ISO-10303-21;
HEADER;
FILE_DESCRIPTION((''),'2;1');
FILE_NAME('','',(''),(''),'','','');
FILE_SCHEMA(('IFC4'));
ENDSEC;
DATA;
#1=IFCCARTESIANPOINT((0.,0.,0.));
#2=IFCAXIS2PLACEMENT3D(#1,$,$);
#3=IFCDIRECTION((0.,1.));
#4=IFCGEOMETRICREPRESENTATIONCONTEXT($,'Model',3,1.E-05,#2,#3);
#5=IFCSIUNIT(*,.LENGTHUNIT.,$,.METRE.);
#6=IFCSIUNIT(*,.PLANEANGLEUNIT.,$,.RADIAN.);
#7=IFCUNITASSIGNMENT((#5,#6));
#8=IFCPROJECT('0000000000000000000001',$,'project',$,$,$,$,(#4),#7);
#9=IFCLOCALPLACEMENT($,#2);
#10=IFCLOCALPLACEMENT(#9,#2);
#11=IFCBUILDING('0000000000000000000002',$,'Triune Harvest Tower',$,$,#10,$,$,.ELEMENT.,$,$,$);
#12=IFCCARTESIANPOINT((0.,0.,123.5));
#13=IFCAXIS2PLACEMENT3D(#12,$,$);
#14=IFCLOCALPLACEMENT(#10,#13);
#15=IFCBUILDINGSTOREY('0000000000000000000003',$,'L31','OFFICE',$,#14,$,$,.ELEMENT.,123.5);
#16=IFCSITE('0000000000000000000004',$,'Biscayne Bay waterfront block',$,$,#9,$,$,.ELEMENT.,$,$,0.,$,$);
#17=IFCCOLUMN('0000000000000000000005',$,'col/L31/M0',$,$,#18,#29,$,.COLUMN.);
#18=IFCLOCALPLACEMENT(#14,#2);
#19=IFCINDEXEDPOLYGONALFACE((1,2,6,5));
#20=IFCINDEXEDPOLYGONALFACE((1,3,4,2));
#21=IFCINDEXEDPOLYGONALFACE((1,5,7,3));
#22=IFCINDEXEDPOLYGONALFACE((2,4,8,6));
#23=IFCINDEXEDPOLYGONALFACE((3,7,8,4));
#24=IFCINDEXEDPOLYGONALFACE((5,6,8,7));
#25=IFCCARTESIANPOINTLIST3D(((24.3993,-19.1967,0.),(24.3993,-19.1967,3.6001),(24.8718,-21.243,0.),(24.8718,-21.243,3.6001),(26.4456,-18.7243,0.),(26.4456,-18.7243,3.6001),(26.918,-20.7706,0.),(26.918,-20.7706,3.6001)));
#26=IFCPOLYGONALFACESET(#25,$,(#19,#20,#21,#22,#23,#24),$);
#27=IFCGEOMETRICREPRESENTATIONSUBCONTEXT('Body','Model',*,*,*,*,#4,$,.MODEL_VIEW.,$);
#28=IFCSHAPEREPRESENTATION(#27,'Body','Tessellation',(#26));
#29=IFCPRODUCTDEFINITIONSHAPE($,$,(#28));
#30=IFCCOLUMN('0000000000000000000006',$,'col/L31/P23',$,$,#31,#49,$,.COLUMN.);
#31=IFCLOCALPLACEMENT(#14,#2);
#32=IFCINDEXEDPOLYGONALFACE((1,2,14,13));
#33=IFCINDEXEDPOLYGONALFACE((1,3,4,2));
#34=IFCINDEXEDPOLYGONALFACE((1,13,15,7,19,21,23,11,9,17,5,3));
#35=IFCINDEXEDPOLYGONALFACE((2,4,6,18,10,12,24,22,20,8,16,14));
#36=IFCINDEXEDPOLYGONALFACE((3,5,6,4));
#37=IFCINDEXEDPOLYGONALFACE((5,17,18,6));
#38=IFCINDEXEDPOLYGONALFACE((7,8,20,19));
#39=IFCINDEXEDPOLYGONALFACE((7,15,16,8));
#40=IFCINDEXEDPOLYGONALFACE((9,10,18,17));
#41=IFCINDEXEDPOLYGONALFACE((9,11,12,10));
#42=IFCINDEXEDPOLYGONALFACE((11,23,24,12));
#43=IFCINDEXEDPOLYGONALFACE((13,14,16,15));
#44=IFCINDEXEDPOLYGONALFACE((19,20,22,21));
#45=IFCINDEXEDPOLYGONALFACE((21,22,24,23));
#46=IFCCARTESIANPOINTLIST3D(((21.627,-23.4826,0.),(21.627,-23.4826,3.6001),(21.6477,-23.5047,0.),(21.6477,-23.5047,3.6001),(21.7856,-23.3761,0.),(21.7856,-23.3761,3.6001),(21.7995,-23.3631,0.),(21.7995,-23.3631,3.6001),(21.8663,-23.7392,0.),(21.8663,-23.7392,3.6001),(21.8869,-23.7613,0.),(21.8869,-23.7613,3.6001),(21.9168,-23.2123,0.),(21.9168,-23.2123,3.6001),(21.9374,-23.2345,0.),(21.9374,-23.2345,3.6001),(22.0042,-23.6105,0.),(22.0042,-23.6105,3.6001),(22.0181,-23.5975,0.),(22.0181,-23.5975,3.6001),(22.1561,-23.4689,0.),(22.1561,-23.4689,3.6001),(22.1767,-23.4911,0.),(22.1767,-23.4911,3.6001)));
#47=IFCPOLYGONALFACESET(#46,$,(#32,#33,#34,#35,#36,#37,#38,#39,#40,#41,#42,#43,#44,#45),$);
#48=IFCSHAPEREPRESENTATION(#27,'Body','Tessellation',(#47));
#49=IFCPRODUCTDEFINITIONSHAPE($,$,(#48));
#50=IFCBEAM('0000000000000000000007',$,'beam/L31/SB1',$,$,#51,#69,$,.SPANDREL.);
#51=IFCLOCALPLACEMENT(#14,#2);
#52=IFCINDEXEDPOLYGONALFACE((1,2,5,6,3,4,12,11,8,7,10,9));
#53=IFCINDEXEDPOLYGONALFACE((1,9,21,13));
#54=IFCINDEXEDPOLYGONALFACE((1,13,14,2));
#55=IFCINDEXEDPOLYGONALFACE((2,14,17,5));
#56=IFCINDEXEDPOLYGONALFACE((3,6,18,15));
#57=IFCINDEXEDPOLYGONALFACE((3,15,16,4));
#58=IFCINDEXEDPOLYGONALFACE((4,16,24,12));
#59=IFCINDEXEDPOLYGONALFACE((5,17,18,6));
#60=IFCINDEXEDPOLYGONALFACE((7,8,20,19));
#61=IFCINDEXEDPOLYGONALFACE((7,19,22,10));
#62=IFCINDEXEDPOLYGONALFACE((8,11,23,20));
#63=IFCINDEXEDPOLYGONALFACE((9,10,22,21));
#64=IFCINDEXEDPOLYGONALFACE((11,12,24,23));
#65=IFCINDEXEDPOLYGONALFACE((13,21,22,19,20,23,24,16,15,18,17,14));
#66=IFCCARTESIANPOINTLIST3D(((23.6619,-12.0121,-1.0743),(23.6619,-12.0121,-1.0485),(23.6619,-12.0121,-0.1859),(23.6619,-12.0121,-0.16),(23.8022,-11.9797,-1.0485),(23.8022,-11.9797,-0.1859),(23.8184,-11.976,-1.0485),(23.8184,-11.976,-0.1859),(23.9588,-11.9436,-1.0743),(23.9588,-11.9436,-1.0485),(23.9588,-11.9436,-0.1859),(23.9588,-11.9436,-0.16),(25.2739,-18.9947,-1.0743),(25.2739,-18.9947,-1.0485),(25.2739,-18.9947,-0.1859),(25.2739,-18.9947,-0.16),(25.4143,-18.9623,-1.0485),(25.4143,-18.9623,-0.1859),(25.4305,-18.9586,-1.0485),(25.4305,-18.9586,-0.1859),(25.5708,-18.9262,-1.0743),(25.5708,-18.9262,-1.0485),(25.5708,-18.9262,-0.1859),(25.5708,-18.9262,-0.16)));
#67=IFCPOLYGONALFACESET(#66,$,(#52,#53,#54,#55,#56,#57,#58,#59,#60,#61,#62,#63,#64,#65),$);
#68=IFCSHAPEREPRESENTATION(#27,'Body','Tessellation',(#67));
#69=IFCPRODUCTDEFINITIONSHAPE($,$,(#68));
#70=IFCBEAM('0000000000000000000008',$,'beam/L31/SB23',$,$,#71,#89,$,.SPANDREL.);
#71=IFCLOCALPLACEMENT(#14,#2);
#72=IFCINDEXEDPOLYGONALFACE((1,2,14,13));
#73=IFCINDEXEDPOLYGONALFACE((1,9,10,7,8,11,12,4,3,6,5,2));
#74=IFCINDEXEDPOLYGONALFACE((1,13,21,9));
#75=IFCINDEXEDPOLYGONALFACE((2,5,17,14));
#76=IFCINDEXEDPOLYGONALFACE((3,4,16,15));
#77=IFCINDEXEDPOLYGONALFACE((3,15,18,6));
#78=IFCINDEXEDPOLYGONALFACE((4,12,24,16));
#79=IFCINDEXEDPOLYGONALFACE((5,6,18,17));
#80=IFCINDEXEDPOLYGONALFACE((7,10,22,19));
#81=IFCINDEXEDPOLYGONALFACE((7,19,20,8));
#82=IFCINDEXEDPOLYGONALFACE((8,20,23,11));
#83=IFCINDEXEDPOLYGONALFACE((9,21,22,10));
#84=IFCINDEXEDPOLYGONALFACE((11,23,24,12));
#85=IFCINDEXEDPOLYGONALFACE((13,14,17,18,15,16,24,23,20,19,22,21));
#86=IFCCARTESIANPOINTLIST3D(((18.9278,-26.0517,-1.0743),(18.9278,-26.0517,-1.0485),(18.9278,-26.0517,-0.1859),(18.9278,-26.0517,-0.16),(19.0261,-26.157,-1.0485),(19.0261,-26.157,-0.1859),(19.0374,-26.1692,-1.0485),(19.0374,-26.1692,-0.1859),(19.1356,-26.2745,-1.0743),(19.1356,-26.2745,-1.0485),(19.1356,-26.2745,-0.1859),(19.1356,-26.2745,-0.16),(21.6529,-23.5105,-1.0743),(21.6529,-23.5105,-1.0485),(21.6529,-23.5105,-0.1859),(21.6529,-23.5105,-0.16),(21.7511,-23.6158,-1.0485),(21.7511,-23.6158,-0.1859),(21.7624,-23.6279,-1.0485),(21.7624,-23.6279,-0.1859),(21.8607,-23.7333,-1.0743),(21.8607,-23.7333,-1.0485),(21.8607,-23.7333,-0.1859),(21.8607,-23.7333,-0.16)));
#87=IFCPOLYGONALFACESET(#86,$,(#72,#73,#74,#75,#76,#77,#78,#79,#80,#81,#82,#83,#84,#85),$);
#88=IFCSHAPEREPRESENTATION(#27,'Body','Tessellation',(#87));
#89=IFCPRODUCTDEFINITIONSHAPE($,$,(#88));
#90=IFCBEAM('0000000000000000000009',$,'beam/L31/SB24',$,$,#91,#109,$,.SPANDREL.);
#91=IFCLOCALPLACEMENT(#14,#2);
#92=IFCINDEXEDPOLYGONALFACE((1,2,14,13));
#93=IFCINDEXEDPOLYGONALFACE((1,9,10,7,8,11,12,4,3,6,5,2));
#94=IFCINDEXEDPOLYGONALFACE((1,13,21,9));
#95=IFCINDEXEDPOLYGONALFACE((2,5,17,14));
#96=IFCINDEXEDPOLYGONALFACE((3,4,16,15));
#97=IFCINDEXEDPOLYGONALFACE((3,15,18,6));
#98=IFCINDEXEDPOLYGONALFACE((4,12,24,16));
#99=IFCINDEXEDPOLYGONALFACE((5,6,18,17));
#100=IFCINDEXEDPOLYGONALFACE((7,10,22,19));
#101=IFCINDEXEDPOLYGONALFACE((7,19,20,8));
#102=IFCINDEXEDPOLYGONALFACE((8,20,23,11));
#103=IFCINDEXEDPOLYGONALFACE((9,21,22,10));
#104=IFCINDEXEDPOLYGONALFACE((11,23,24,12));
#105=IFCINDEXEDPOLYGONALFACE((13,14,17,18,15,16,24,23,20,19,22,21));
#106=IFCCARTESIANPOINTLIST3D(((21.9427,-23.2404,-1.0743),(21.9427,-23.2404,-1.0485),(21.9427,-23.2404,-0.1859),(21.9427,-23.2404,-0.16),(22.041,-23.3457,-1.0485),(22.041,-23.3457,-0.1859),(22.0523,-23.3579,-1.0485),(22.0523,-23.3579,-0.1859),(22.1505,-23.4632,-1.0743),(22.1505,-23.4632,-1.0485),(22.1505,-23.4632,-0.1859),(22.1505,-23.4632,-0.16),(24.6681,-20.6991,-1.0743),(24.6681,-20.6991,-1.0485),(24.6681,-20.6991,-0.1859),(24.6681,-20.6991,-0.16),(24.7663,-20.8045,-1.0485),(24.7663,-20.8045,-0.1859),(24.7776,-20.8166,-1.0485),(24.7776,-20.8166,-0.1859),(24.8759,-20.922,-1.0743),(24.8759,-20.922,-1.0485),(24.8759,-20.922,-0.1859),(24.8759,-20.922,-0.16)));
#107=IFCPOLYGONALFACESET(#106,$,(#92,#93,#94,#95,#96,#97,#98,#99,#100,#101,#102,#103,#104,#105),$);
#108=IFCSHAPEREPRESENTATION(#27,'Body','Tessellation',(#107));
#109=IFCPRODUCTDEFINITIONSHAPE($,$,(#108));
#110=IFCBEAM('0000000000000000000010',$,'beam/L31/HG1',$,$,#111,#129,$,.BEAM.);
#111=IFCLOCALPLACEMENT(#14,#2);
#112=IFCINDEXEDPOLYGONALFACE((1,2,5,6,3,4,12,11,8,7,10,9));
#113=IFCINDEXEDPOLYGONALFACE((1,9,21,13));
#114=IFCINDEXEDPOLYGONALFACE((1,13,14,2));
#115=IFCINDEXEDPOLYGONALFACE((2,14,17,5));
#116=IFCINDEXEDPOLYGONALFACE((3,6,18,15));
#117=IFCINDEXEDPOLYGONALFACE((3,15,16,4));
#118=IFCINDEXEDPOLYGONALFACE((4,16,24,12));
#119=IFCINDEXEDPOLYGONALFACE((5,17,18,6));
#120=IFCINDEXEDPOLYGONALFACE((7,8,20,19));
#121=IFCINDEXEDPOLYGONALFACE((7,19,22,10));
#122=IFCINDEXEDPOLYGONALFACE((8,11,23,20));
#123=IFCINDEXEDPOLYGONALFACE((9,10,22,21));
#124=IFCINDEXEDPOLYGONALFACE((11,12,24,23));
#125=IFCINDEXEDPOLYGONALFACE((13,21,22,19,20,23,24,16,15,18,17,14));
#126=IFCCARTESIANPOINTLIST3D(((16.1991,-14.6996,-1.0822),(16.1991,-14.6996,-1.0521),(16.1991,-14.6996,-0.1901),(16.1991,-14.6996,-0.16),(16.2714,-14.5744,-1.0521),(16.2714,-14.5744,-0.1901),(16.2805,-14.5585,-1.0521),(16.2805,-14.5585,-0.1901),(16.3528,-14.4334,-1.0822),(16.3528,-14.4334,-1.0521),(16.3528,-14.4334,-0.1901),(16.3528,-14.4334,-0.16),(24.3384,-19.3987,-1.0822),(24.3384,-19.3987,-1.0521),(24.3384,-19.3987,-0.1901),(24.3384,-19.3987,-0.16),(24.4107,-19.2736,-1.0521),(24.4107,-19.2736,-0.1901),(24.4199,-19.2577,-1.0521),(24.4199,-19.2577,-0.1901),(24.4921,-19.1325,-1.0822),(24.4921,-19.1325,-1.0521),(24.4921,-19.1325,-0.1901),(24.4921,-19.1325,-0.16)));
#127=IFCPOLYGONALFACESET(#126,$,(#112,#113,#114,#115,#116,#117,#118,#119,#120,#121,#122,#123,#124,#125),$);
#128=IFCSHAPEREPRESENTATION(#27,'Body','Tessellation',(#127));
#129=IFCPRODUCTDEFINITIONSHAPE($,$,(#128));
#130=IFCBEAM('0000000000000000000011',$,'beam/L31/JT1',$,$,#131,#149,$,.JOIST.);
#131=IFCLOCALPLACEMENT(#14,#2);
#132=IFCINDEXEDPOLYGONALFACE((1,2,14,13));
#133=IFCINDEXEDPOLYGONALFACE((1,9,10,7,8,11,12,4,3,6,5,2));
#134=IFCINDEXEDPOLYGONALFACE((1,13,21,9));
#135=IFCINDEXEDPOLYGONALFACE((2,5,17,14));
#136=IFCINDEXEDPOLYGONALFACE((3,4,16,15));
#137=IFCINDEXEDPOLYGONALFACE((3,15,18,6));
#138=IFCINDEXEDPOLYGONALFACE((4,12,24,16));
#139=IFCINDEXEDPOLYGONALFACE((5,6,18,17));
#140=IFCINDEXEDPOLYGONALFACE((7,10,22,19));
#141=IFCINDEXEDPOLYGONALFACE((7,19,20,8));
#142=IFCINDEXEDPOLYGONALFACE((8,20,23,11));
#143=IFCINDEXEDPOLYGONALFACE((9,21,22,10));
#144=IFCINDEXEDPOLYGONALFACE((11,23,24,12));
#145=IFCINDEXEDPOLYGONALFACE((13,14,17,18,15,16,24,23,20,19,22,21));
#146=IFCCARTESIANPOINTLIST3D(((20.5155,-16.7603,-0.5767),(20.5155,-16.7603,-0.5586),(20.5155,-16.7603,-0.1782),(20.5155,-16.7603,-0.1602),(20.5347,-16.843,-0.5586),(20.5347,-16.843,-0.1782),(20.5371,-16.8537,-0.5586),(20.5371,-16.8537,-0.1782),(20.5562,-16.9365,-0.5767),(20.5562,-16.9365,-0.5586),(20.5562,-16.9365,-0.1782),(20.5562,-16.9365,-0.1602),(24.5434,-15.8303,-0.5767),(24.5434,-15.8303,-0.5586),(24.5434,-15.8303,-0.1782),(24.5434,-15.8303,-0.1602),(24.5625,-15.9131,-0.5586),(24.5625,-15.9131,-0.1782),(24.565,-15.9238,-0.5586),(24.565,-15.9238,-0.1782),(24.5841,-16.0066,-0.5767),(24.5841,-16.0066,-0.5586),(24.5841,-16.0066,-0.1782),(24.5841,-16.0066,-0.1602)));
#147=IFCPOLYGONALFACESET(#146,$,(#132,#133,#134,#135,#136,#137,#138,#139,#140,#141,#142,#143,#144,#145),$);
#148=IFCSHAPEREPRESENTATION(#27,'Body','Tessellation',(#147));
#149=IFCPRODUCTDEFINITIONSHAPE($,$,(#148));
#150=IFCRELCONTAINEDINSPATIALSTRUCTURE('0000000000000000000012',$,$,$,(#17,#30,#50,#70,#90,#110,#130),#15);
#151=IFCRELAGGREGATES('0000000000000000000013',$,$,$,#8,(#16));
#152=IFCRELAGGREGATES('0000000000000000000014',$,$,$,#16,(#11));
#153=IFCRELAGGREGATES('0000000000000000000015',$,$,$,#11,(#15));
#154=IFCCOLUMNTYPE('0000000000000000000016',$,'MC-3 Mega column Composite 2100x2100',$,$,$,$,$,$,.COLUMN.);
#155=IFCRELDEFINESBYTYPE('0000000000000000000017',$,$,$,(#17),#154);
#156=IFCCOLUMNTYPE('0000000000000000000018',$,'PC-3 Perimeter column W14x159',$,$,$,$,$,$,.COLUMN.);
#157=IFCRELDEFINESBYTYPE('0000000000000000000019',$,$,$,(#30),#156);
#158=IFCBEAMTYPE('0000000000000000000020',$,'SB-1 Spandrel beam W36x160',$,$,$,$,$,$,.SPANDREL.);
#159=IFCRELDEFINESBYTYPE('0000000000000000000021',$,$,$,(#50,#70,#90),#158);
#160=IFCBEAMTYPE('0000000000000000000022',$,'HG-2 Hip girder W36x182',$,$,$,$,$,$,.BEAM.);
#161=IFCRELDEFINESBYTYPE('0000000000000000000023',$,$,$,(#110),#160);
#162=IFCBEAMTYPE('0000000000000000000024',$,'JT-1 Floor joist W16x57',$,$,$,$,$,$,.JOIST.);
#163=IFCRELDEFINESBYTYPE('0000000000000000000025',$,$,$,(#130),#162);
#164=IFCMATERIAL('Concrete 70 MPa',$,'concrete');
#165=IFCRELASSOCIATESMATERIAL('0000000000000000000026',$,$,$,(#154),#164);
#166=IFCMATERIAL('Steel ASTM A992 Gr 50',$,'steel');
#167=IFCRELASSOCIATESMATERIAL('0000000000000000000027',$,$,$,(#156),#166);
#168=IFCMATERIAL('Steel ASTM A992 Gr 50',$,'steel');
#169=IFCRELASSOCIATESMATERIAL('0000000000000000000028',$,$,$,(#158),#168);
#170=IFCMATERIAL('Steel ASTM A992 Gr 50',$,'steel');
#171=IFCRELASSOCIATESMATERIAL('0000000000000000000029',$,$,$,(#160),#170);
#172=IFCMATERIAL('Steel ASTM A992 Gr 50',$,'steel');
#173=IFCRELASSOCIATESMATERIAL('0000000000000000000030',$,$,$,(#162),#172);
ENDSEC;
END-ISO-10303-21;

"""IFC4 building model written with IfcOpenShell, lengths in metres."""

from ifc_helpers import new_model, si_unit, direction, frame, origin, origin_2d, place, context, subcontext, project, spatial, rectangle, i_section, extrude, source, transform, mapped, material, material_profile, profile_set, type_object, element, save


model = new_model("IFC4")

# Units and contexts
model_context = context("Model", 3, precision=1e-05, world=origin(), true_north=direction((0.0, 1.0)))
body_context = subcontext(model_context, "Body", "Model", "MODEL_VIEW")
ifc_project = project(units=[si_unit("LENGTHUNIT", "METRE"), si_unit("PLANEANGLEUNIT", "RADIAN")], contexts=[model_context])

# Site, building, storey
site_placement = place(None, origin())
site = spatial("IfcSite", under=ifc_project, at=site_placement, Name="Biscayne Bay waterfront block", CompositionType="ELEMENT", RefElevation=0.0)
building_placement = place(site_placement, origin())
building = spatial("IfcBuilding", under=site, at=building_placement, Name="Triune Harvest Tower", CompositionType="ELEMENT")
storey_placement = place(building_placement, frame((0.0, 0.0, 123.5)))
storey = spatial("IfcBuildingStorey", under=building, at=storey_placement, Name="L31", Description="OFFICE", CompositionType="ELEMENT", Elevation=123.5)

# Columns
ifc_material_1 = material(Name="Concrete 70 MPa", Category="concrete")
ifc_material_profile_1 = material_profile(ifc_material_1, rectangle(XDim=2.1001, YDim=2.1001, at=origin_2d()), Name="Composite 2100x2100")
ifc_profile_set_1 = profile_set([ifc_material_profile_1], Name="Concrete 70 MPa")
column_type_1 = type_object("IfcColumnType", Name="MC-3 Mega column Composite 2100x2100", PredefinedType="COLUMN", material=ifc_profile_set_1)
shared_shape_1 = source(origin(), body_context, "Body", "SweptSolid", [
    extrude(rectangle(XDim=2.1001, YDim=2.1001, at=origin_2d()), origin(), (0.0, 0.0, 1.0), 3.6001),
])
column_1_placement = place(storey_placement, frame((25.6587, -19.9836, 0.0), z_axis=(0.0, 0.0, 1.0), x_axis=(-0.224953, 0.97437, 0.0)))
element("IfcColumn", 1, at=column_1_placement, inside=storey, type_object=column_type_1, Name="col/L31/M0", PredefinedType="COLUMN", context=body_context, shape_type="MappedRepresentation", body=[
    mapped(shared_shape_1, transform((0.0, 0.0, 0.0), scale=1.0)),
])
ifc_material_2 = material(Name="Steel ASTM A992 Gr 50", Category="steel")
ifc_material_profile_2 = material_profile(ifc_material_2, i_section(OverallWidth=0.3962, OverallDepth=0.3811, WebThickness=0.019, FlangeThickness=0.0303, at=origin_2d()), Name="W14x159")
ifc_profile_set_2 = profile_set([ifc_material_profile_2], Name="Steel ASTM A992 Gr 50")
column_type_2 = type_object("IfcColumnType", Name="PC-3 Perimeter column W14x159", PredefinedType="COLUMN", material=ifc_profile_set_2)
shared_shape_2 = source(origin(), body_context, "Body", "SweptSolid", [
    extrude(i_section(OverallWidth=0.3962, OverallDepth=0.3811, WebThickness=0.019, FlangeThickness=0.0303, at=origin_2d()), origin(), (0.0, 0.0, 1.0), 3.6001),
])
column_2_placement = place(storey_placement, frame((21.9019, -23.4868, 0.0), z_axis=(0.0, 0.0, 1.0), x_axis=(0.731354, 0.681998, 0.0)))
element("IfcColumn", 2, at=column_2_placement, inside=storey, type_object=column_type_2, Name="col/L31/P23", PredefinedType="COLUMN", context=body_context, shape_type="MappedRepresentation", body=[
    mapped(shared_shape_2, transform((0.0, 0.0, 0.0), scale=1.0)),
])

# Beams
ifc_material_3 = material(Name="Steel ASTM A992 Gr 50", Category="steel")
ifc_material_profile_3 = material_profile(ifc_material_3, i_section(OverallWidth=0.3047, OverallDepth=0.9143, WebThickness=0.0166, FlangeThickness=0.0259, at=origin_2d()), Name="W36x160")
ifc_profile_set_3 = profile_set([ifc_material_profile_3], Name="Steel ASTM A992 Gr 50")
beam_type_1 = type_object("IfcBeamType", Name="SB-1 Spandrel beam W36x160", PredefinedType="SPANDREL", material=ifc_profile_set_3)
shared_shape_3 = source(origin(), body_context, "Body", "SweptSolid", [
    extrude(i_section(OverallWidth=0.3047, OverallDepth=0.9143, WebThickness=0.0166, FlangeThickness=0.0259, at=origin_2d()), origin(), (0.0, 0.0, 1.0), 7.1663),
])
beam_1_placement = place(storey_placement, frame((25.4224, -18.9604, -0.6172), z_axis=(-0.224949, 0.974371, 0.0), x_axis=(-0.974371, -0.224949, 0.0)))
element("IfcBeam", 3, at=beam_1_placement, inside=storey, type_object=beam_type_1, Name="beam/L31/SB1", PredefinedType="SPANDREL", context=body_context, shape_type="MappedRepresentation", body=[
    mapped(shared_shape_3, transform((0.0, 0.0, 0.0), scale=1.0)),
])
shared_shape_4 = source(origin(), body_context, "Body", "SweptSolid", [
    extrude(i_section(OverallWidth=0.3047, OverallDepth=0.9143, WebThickness=0.0166, FlangeThickness=0.0259, at=origin_2d()), origin(), (0.0, 0.0, 1.0), 3.7261),
])
beam_2_placement = place(storey_placement, frame((19.0317, -26.1631, -0.6172), z_axis=(0.731345, 0.682008, 0.0), x_axis=(-0.682008, 0.731345, 0.0)))
element("IfcBeam", 4, at=beam_2_placement, inside=storey, type_object=beam_type_1, Name="beam/L31/SB23", PredefinedType="SPANDREL", context=body_context, shape_type="MappedRepresentation", body=[
    mapped(shared_shape_4, transform((0.0, 0.0, 0.0), scale=1.0)),
])
shared_shape_5 = source(origin(), body_context, "Body", "SweptSolid", [
    extrude(i_section(OverallWidth=0.3047, OverallDepth=0.9143, WebThickness=0.0166, FlangeThickness=0.0259, at=origin_2d()), origin(), (0.0, 0.0, 1.0), 3.7263),
])
beam_3_placement = place(storey_placement, frame((22.0466, -23.3518, -0.6172), z_axis=(0.731375, 0.681975, 0.0), x_axis=(-0.681975, 0.731375, 0.0)))
element("IfcBeam", 5, at=beam_3_placement, inside=storey, type_object=beam_type_1, Name="beam/L31/SB24", PredefinedType="SPANDREL", context=body_context, shape_type="MappedRepresentation", body=[
    mapped(shared_shape_5, transform((0.0, 0.0, 0.0), scale=1.0)),
])
ifc_material_4 = material(Name="Steel ASTM A992 Gr 50", Category="steel")
ifc_material_profile_4 = material_profile(ifc_material_4, i_section(OverallWidth=0.3074, OverallDepth=0.9221, WebThickness=0.0183, FlangeThickness=0.03, at=origin_2d()), Name="W36x182")
ifc_profile_set_4 = profile_set([ifc_material_profile_4], Name="Steel ASTM A992 Gr 50")
beam_type_2 = type_object("IfcBeamType", Name="HG-2 Hip girder W36x182", PredefinedType="BEAM", material=ifc_profile_set_4)
shared_shape_6 = source(origin(), body_context, "Body", "SweptSolid", [
    extrude(i_section(OverallWidth=0.3074, OverallDepth=0.9221, WebThickness=0.0183, FlangeThickness=0.03, at=origin_2d()), origin(), (0.0, 0.0, 1.0), 9.3984),
])
beam_4_placement = place(storey_placement, frame((24.4153, -19.2656, -0.6211), z_axis=(-0.866029, 0.499995, 0.0), x_axis=(-0.499995, -0.866029, 0.0)))
element("IfcBeam", 6, at=beam_4_placement, inside=storey, type_object=beam_type_2, Name="beam/L31/HG1", PredefinedType="BEAM", context=body_context, shape_type="MappedRepresentation", body=[
    mapped(shared_shape_6, transform((0.0, 0.0, 0.0), scale=1.0)),
])
ifc_material_5 = material(Name="Steel ASTM A992 Gr 50", Category="steel")
ifc_material_profile_5 = material_profile(ifc_material_5, i_section(OverallWidth=0.1809, OverallDepth=0.4165, WebThickness=0.011, FlangeThickness=0.0181, at=origin_2d()), Name="W16x57")
ifc_profile_set_5 = profile_set([ifc_material_profile_5], Name="Steel ASTM A992 Gr 50")
beam_type_3 = type_object("IfcBeamType", Name="JT-1 Floor joist W16x57", PredefinedType="JOIST", material=ifc_profile_set_5)
shared_shape_7 = source(origin(), body_context, "Body", "SweptSolid", [
    extrude(i_section(OverallWidth=0.1809, OverallDepth=0.4165, WebThickness=0.011, FlangeThickness=0.0181, at=origin_2d()), origin(), (0.0, 0.0, 1.0), 4.1338),
])
beam_5_placement = place(storey_placement, frame((24.5637, -15.9185, -0.3684), z_axis=(-0.974368, -0.224959, 0.0), x_axis=(0.224959, -0.974368, 0.0)))
element("IfcBeam", 7, at=beam_5_placement, inside=storey, type_object=beam_type_3, Name="beam/L31/JT1", PredefinedType="JOIST", context=body_context, shape_type="MappedRepresentation", body=[
    mapped(shared_shape_7, transform((0.0, 0.0, 0.0), scale=1.0)),
])

save(model, "model.ifc")
